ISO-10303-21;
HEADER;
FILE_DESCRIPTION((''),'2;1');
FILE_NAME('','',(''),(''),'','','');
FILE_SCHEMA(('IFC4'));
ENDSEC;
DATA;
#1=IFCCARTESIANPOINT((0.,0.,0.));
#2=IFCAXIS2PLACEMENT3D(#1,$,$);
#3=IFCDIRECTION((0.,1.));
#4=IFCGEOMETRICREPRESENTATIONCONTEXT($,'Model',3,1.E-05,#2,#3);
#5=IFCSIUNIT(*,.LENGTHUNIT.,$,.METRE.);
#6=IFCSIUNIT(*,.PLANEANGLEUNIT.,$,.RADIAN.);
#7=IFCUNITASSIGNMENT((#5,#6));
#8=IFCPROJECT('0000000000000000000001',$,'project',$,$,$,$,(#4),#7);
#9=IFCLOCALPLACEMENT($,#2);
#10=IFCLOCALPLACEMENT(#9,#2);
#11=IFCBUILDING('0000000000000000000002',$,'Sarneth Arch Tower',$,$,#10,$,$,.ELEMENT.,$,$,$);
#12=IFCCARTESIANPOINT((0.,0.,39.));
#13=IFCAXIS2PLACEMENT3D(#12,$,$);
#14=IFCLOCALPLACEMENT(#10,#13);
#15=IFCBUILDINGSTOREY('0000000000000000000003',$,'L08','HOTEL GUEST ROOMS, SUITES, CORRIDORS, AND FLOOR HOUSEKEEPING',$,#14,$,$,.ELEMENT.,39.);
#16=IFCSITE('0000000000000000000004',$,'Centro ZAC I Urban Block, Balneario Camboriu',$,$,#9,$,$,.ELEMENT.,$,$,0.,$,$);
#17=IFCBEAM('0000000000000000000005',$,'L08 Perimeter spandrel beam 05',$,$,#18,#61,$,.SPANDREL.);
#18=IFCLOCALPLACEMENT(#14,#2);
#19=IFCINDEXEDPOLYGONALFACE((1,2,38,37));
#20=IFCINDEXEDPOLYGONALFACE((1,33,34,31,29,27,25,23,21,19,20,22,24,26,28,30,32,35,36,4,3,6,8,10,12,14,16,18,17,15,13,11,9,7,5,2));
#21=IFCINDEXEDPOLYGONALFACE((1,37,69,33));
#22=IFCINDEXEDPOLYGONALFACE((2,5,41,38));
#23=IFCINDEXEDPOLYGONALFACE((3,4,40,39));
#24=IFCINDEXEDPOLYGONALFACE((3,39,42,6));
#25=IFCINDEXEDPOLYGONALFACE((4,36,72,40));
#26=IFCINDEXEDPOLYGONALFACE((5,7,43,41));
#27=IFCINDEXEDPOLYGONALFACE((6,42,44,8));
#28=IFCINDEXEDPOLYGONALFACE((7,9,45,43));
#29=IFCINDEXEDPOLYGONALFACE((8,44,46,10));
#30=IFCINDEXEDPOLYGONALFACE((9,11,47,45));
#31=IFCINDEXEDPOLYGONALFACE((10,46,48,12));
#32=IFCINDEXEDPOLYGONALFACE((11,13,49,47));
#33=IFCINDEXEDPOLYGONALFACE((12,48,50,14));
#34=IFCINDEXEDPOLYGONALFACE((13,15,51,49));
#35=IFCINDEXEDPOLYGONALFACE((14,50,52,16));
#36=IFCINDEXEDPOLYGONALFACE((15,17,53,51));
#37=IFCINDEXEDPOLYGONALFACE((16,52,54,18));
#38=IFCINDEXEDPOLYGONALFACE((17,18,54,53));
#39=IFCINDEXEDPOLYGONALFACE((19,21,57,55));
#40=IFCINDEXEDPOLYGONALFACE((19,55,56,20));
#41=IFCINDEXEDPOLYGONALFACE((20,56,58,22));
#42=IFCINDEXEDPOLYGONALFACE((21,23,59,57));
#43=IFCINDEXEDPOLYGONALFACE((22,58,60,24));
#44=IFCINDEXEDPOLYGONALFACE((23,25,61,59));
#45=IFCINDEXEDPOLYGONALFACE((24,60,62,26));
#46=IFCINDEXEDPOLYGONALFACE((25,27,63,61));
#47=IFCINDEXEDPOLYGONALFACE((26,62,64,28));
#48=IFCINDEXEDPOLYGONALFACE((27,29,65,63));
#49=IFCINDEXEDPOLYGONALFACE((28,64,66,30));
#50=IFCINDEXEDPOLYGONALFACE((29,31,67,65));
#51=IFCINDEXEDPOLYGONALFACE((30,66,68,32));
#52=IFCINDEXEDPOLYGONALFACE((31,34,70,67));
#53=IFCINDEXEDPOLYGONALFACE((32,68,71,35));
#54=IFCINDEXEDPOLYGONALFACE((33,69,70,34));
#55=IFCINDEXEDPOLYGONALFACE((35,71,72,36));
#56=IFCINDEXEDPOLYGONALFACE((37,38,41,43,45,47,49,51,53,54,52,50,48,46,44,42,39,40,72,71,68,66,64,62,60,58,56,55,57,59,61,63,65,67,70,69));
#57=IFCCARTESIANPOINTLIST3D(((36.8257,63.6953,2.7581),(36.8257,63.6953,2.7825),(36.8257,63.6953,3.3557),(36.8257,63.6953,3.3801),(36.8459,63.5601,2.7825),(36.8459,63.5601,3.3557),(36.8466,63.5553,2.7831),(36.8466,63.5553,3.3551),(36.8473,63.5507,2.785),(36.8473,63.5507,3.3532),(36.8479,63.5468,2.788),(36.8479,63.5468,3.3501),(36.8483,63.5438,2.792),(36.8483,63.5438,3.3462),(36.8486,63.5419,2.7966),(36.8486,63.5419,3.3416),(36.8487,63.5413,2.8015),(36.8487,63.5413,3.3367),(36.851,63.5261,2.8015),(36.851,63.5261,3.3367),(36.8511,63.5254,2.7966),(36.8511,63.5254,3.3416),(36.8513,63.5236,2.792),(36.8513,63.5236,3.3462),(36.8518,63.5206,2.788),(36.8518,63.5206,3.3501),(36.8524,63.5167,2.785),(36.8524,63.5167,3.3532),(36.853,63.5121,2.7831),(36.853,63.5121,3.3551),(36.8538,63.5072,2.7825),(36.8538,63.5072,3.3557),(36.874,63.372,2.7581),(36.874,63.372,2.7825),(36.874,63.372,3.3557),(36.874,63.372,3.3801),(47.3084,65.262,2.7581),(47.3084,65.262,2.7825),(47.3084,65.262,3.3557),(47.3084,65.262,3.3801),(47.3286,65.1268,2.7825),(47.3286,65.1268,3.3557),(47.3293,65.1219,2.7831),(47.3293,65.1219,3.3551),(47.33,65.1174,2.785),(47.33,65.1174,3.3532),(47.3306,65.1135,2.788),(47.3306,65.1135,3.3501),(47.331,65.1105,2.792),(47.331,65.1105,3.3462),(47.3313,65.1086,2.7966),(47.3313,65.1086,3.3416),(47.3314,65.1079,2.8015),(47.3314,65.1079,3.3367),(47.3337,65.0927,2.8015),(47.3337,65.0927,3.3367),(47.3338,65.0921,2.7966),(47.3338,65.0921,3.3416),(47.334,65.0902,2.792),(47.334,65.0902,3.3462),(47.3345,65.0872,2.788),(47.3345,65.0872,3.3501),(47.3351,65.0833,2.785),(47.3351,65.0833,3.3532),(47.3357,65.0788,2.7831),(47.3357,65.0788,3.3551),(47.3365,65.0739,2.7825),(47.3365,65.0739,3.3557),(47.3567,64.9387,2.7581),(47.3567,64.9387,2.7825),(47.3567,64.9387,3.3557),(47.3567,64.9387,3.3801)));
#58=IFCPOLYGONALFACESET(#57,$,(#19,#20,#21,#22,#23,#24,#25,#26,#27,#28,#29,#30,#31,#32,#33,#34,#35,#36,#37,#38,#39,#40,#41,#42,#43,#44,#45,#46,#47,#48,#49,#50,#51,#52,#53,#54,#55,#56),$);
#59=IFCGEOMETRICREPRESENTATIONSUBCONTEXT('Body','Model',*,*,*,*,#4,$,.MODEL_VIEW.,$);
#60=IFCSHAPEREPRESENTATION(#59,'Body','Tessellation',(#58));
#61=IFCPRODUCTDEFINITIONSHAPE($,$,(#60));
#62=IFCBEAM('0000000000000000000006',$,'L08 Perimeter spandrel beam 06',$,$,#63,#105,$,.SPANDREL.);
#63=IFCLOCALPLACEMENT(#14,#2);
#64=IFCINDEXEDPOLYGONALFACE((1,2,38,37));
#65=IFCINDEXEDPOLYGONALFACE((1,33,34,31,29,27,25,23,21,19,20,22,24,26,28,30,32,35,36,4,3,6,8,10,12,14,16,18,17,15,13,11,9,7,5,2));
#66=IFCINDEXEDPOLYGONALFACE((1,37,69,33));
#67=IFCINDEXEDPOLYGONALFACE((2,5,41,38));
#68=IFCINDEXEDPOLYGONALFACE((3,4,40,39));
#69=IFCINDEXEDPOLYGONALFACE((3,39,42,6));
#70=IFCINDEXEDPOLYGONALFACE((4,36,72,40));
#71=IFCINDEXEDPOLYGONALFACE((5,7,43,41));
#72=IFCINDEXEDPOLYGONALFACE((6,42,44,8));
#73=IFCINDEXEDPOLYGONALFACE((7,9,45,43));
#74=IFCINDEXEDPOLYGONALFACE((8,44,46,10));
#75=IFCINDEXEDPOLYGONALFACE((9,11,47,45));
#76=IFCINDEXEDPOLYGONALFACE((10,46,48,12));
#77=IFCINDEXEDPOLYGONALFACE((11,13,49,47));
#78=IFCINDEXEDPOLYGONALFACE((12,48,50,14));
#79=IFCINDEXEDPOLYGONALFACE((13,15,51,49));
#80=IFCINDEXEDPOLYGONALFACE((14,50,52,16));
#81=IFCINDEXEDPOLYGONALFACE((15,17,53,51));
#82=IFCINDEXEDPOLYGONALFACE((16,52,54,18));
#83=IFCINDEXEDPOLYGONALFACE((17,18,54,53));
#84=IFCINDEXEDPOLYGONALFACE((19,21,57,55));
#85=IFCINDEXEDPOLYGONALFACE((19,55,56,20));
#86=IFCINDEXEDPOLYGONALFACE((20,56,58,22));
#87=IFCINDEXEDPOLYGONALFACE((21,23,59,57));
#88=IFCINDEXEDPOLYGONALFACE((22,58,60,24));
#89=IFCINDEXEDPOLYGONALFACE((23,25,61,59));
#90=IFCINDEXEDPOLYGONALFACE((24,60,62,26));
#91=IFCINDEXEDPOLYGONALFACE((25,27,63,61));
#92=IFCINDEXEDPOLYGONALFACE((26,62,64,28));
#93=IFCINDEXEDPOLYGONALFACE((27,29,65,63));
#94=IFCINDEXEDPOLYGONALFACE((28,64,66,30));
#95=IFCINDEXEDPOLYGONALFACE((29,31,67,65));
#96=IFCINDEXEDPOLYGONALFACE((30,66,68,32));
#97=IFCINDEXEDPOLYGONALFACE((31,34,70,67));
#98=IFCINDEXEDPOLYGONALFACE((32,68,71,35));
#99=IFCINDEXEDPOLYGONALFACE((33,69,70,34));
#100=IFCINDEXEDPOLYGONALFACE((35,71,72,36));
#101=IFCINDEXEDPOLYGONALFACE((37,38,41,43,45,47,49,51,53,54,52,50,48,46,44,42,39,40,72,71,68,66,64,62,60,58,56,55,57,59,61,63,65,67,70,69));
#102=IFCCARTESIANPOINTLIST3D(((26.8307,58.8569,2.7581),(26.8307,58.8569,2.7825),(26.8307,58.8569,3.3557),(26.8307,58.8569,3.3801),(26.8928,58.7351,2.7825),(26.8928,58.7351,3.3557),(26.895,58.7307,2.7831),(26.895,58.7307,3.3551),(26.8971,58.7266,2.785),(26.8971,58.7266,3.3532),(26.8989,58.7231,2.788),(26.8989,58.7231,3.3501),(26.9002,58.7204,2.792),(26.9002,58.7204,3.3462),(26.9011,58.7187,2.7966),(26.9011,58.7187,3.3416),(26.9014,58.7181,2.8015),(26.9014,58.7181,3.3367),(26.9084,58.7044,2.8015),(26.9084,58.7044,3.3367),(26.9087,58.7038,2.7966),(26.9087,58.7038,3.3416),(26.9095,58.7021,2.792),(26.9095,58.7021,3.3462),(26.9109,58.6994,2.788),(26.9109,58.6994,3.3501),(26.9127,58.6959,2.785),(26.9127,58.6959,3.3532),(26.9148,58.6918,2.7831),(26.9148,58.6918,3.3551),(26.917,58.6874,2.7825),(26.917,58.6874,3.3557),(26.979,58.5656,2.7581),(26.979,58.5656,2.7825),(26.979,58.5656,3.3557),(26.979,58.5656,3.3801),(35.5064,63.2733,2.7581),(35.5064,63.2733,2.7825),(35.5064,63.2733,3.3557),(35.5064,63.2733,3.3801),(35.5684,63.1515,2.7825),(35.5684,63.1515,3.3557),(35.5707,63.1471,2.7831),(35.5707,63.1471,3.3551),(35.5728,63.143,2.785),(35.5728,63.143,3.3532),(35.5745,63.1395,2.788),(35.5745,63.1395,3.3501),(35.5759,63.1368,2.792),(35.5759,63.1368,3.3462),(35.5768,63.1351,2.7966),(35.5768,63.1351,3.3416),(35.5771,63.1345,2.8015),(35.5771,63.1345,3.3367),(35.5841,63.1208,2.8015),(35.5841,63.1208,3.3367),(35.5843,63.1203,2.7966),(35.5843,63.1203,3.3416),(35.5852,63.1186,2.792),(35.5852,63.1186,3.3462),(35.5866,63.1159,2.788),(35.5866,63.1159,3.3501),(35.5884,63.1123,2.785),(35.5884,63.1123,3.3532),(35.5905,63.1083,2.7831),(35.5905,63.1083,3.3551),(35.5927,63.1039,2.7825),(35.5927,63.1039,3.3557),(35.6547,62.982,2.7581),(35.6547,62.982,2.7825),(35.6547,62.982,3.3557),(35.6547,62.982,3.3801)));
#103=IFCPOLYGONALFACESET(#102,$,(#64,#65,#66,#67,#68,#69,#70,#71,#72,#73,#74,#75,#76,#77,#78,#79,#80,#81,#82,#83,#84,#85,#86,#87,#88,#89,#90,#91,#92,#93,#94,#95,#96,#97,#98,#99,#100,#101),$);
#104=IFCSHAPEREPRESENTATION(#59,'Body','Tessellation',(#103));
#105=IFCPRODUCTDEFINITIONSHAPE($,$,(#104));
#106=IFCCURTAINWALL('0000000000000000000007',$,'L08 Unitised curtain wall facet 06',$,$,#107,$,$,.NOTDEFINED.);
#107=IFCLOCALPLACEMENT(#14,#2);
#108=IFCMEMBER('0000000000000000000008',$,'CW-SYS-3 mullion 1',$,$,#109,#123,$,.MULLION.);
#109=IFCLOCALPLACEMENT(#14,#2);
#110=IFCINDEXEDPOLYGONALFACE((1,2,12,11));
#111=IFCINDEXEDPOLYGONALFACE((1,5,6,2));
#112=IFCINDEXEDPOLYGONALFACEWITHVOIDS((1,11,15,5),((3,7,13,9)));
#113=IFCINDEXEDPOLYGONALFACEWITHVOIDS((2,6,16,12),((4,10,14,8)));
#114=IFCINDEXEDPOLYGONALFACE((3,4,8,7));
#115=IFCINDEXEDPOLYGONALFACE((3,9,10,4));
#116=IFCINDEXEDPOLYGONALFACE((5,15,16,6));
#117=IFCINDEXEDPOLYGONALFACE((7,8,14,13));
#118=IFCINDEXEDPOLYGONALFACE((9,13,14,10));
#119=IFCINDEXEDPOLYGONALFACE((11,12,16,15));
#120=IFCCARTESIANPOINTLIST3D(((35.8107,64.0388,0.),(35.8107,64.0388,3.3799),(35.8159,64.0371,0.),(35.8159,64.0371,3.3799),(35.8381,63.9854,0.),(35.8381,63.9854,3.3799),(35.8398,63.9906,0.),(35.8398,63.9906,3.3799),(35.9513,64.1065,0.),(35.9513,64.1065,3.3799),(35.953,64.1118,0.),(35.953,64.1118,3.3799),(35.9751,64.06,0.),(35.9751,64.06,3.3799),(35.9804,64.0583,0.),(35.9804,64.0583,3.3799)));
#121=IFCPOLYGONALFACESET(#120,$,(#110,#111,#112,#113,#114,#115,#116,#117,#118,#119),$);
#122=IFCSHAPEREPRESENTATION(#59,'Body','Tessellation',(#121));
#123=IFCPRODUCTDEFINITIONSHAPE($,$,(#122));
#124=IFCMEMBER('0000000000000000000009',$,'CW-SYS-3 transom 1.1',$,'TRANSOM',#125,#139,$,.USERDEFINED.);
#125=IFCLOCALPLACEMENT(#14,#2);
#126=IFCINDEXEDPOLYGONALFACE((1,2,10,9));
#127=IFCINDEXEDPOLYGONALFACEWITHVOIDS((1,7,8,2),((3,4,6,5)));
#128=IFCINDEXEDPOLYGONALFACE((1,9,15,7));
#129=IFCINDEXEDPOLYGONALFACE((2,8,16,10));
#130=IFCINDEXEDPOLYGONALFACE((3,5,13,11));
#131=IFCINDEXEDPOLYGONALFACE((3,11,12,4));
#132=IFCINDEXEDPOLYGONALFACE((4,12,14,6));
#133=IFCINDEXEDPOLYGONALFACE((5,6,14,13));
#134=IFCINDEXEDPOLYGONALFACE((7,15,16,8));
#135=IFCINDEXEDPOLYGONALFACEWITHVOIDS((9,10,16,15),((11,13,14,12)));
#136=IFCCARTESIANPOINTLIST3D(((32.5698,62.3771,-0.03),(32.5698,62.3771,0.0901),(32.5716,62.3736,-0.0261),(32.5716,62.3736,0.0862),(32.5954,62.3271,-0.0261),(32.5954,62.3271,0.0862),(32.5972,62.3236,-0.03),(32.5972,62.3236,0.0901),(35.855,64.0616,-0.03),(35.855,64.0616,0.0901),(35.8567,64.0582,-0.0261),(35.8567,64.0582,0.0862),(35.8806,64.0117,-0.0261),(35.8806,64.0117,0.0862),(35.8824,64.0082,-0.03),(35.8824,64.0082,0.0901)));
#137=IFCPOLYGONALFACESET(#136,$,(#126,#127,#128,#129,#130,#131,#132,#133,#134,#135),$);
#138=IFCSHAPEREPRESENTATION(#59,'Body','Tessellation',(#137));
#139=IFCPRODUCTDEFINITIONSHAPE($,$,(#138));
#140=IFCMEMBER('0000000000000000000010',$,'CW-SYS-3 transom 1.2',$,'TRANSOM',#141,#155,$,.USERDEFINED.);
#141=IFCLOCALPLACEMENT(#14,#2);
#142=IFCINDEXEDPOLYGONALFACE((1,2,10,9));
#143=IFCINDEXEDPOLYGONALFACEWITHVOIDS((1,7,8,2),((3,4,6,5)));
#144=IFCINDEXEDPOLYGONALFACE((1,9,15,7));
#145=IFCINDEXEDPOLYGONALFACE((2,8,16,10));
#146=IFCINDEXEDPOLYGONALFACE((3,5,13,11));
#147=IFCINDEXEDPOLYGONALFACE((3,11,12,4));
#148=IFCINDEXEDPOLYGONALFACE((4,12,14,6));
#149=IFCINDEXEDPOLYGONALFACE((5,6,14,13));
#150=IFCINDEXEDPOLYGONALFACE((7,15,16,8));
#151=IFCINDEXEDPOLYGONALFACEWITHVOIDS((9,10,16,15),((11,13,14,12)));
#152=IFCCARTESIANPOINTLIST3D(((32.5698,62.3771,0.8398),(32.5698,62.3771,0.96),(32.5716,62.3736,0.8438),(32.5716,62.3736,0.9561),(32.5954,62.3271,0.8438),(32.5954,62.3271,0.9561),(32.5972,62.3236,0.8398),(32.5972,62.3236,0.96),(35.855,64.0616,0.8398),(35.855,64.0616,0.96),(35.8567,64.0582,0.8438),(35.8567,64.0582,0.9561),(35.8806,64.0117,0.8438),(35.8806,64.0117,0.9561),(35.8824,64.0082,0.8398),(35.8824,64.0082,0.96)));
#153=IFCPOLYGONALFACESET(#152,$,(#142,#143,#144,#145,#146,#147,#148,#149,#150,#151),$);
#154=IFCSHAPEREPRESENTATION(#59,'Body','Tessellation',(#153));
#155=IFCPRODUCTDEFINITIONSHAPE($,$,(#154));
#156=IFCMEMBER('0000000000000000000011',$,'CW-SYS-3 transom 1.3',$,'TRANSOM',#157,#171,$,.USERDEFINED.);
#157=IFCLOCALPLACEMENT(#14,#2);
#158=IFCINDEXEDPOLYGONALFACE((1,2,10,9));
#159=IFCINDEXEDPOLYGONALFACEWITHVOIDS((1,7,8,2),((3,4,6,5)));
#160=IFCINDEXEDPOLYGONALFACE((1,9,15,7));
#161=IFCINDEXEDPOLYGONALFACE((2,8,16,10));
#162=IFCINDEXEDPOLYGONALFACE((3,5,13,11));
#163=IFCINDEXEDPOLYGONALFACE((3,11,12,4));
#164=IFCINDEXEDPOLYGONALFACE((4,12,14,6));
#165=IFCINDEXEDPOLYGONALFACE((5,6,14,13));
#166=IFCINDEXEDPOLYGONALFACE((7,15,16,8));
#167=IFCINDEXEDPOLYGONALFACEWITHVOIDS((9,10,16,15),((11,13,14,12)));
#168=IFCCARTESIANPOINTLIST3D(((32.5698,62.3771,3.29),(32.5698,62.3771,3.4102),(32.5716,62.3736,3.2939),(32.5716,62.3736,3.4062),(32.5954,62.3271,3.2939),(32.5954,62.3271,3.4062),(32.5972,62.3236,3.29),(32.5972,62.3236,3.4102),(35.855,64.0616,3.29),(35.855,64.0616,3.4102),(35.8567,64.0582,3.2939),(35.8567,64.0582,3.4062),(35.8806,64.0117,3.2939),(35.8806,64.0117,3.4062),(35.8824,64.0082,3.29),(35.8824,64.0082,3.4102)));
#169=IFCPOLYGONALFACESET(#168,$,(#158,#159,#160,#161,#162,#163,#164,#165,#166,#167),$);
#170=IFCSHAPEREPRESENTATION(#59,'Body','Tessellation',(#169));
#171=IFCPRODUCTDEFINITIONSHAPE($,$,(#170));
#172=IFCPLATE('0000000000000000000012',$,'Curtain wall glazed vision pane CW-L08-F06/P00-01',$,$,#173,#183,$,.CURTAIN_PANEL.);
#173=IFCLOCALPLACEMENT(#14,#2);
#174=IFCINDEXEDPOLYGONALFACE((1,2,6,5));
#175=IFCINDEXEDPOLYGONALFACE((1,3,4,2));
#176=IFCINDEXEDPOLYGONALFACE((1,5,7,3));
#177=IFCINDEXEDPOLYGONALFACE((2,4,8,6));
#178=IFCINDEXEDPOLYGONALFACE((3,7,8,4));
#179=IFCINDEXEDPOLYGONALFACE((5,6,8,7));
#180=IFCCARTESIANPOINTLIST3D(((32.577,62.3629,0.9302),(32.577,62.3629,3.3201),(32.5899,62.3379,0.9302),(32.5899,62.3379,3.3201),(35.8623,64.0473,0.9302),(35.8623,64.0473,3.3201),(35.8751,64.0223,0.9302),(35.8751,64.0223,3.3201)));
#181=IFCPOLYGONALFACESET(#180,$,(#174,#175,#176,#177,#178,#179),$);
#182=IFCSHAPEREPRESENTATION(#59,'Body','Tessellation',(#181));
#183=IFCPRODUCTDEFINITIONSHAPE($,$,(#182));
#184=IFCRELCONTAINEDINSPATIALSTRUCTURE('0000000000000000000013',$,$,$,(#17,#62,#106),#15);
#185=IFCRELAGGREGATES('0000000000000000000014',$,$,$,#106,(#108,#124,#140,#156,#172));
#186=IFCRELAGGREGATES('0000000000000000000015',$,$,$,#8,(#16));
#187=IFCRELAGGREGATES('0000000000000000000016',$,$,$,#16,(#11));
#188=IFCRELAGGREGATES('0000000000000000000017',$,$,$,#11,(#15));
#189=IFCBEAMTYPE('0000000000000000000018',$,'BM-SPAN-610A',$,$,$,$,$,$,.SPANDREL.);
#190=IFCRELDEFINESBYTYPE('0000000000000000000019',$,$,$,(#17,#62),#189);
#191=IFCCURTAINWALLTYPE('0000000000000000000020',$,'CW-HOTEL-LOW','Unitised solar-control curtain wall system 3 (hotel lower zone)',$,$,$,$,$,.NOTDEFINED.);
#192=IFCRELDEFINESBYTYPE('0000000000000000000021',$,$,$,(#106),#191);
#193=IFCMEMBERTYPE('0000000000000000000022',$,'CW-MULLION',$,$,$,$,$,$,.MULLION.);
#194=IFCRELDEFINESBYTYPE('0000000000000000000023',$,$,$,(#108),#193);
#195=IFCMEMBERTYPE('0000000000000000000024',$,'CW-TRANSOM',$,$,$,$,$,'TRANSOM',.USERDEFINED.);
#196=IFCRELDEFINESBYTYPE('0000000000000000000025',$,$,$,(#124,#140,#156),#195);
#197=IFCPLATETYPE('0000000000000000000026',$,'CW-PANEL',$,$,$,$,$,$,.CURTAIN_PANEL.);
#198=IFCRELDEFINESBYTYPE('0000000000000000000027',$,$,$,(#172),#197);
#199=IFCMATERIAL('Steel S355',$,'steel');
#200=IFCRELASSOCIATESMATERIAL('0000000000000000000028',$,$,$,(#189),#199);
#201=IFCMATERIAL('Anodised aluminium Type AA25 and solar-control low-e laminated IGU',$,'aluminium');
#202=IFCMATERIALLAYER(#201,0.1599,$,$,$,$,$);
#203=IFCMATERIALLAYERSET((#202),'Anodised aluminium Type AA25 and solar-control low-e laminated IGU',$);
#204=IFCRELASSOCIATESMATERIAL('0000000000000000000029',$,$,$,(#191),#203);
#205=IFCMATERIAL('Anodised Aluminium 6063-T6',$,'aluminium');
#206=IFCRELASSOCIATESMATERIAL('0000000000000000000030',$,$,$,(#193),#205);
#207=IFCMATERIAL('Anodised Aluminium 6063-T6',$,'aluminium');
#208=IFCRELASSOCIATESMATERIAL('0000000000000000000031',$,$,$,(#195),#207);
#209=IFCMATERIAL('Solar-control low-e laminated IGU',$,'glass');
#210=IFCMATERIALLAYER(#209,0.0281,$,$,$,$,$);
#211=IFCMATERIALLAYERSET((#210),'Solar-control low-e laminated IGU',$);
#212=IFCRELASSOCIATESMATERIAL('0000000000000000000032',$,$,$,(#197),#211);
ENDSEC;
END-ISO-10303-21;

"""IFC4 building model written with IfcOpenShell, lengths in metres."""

from ifc_helpers import new_model, si_unit, direction, frame, origin, origin_2d, place, context, subcontext, project, spatial, rectangle, hollow_rectangle, i_section, extrude, material, layer, layer_set, material_profile, profile_set, type_object, element, aggregate, save


model = new_model("IFC4")

# Units and contexts
model_context = context("Model", 3, precision=1e-05, world=origin(), true_north=direction((0.0, 1.0)))
body_context = subcontext(model_context, "Body", "Model", "MODEL_VIEW")
ifc_project = project(units=[si_unit("LENGTHUNIT", "METRE"), si_unit("PLANEANGLEUNIT", "RADIAN")], contexts=[model_context])

# Site, building, storey
site_placement = place(None, origin())
site = spatial("IfcSite", under=ifc_project, at=site_placement, Name="Centro ZAC I Urban Block, Balneario Camboriu", CompositionType="ELEMENT", RefElevation=0.0)
building_placement = place(site_placement, origin())
building = spatial("IfcBuilding", under=site, at=building_placement, Name="Sarneth Arch Tower", CompositionType="ELEMENT")
storey_placement = place(building_placement, frame((0.0, 0.0, 39.0)))
storey = spatial("IfcBuildingStorey", under=building, at=storey_placement, Name="L08", Description="HOTEL GUEST ROOMS, SUITES, CORRIDORS, AND FLOOR HOUSEKEEPING", CompositionType="ELEMENT", Elevation=39.0)

# Beams
ifc_material_1 = material(Name="Steel S355", Category="steel")
ifc_material_profile_1 = material_profile(ifc_material_1, i_section(OverallWidth=0.3269, OverallDepth=0.6221, WebThickness=0.0154, FlangeThickness=0.0244, FilletRadius=0.019, at=origin_2d()), Name="W610x195")
ifc_profile_set_1 = profile_set([ifc_material_profile_1], Name="Steel S355")
beam_type_1 = type_object("IfcBeamType", Name="BM-SPAN-610A", PredefinedType="SPANDREL", material=ifc_profile_set_1)
beam_1_placement = place(storey_placement, frame((47.3325, 65.1003, 3.0691), z_axis=(-0.989016, -0.14781, 0.0), x_axis=(0.14781, -0.989016, 0.0)))
element("IfcBeam", 1, at=beam_1_placement, inside=storey, type_object=beam_type_1, Name="L08 Perimeter spandrel beam 05", PredefinedType="SPANDREL", context=body_context, shape_type="SweptSolid", body=[
    extrude(i_section(OverallWidth=0.3269, OverallDepth=0.6221, WebThickness=0.0154, FlangeThickness=0.0244, FilletRadius=0.019, at=origin_2d()), origin(), (0.0, 0.0, 1.0), 10.5991),
])
beam_2_placement = place(storey_placement, frame((35.5806, 63.1277, 3.0691), z_axis=(-0.891174, -0.453662, 0.0), x_axis=(0.453662, -0.891174, 0.0)))
element("IfcBeam", 2, at=beam_2_placement, inside=storey, type_object=beam_type_1, Name="L08 Perimeter spandrel beam 06", PredefinedType="SPANDREL", context=body_context, shape_type="SweptSolid", body=[
    extrude(i_section(OverallWidth=0.3269, OverallDepth=0.6221, WebThickness=0.0154, FlangeThickness=0.0244, FilletRadius=0.019, at=origin_2d()), origin(), (0.0, 0.0, 1.0), 9.7351),
])

# Curtain wall, members, plate
ifc_material_2 = material(Name="Anodised aluminium Type AA25 and solar-control low-e laminated IGU", Category="aluminium")
ifc_layer_1 = layer(ifc_material_2, 0.1599)
ifc_layer_set_1 = layer_set([ifc_layer_1], Name="Anodised aluminium Type AA25 and solar-control low-e laminated IGU")
curtain_wall_type = type_object("IfcCurtainWallType", Name="CW-HOTEL-LOW", Description="Unitised solar-control curtain wall system 3 (hotel lower zone)", PredefinedType="NOTDEFINED", material=ifc_layer_set_1)
curtain_wall_placement = place(storey_placement, origin())
curtain_wall = element("IfcCurtainWall", 3, at=curtain_wall_placement, inside=storey, type_object=curtain_wall_type, Name="L08 Unitised curtain wall facet 06", PredefinedType="NOTDEFINED")
ifc_material_3 = material(Name="Anodised Aluminium 6063-T6", Category="aluminium")
ifc_material_profile_2 = material_profile(ifc_material_3, hollow_rectangle(XDim=0.0601, YDim=0.1599, WallThickness=0.0039, at=origin_2d()), Name="AL-MULL-160x60x4")
ifc_profile_set_2 = profile_set([ifc_material_profile_2], Name="Anodised Aluminium 6063-T6")
member_type_1 = type_object("IfcMemberType", Name="CW-MULLION", PredefinedType="MULLION", material=ifc_profile_set_2)
member_1_placement = place(storey_placement, frame((35.8955, 64.0486, 0.0), z_axis=(0.0, 0.0, 1.0), x_axis=(0.456245, -0.889854, 0.0)))
member_1 = element("IfcMember", 4, at=member_1_placement, type_object=member_type_1, Name="CW-SYS-3 mullion 1", PredefinedType="MULLION", context=body_context, shape_type="SweptSolid", body=[
    extrude(hollow_rectangle(XDim=0.0601, YDim=0.1599, WallThickness=0.0039, at=origin_2d()), origin(), (0.0, 0.0, 1.0), 3.3799),
])
ifc_material_4 = material(Name="Anodised Aluminium 6063-T6", Category="aluminium")
ifc_material_profile_3 = material_profile(ifc_material_4, hollow_rectangle(XDim=0.0601, YDim=0.1201, WallThickness=0.0039, at=origin_2d()), Name="AL-TRAN-120x60x4")
ifc_profile_set_3 = profile_set([ifc_material_profile_3], Name="Anodised Aluminium 6063-T6")
member_type_2 = type_object("IfcMemberType", Name="CW-TRANSOM", ElementType="TRANSOM", PredefinedType="USERDEFINED", material=ifc_profile_set_3)
member_2_placement = place(storey_placement, frame((35.8687, 64.0349, 0.03), z_axis=(-0.889831, -0.45629, 0.0), x_axis=(0.45629, -0.889831, 0.0)))
member_2 = element("IfcMember", 5, at=member_2_placement, type_object=member_type_2, Name="CW-SYS-3 transom 1.1", ObjectType="TRANSOM", PredefinedType="USERDEFINED", context=body_context, shape_type="SweptSolid", body=[
    extrude(hollow_rectangle(XDim=0.0601, YDim=0.1201, WallThickness=0.0039, at=origin_2d()), origin(), (0.0, 0.0, 1.0), 3.6919),
])
member_3_placement = place(storey_placement, frame((35.8687, 64.0349, 0.8999), z_axis=(-0.889831, -0.45629, 0.0), x_axis=(0.45629, -0.889831, 0.0)))
member_3 = element("IfcMember", 6, at=member_3_placement, type_object=member_type_2, Name="CW-SYS-3 transom 1.2", ObjectType="TRANSOM", PredefinedType="USERDEFINED", context=body_context, shape_type="SweptSolid", body=[
    extrude(hollow_rectangle(XDim=0.0601, YDim=0.1201, WallThickness=0.0039, at=origin_2d()), origin(), (0.0, 0.0, 1.0), 3.6919),
])
member_4_placement = place(storey_placement, frame((35.8687, 64.0349, 3.3501), z_axis=(-0.889831, -0.45629, 0.0), x_axis=(0.45629, -0.889831, 0.0)))
member_4 = element("IfcMember", 7, at=member_4_placement, type_object=member_type_2, Name="CW-SYS-3 transom 1.3", ObjectType="TRANSOM", PredefinedType="USERDEFINED", context=body_context, shape_type="SweptSolid", body=[
    extrude(hollow_rectangle(XDim=0.0601, YDim=0.1201, WallThickness=0.0039, at=origin_2d()), origin(), (0.0, 0.0, 1.0), 3.6919),
])
ifc_material_5 = material(Name="Solar-control low-e laminated IGU", Category="glass")
ifc_layer_2 = layer(ifc_material_5, 0.0281)
ifc_layer_set_2 = layer_set([ifc_layer_2], Name="Solar-control low-e laminated IGU")
plate_type = type_object("IfcPlateType", Name="CW-PANEL", PredefinedType="CURTAIN_PANEL", material=ifc_layer_set_2)
plate_placement = place(storey_placement, frame((34.2261, 63.1926, 0.9302), z_axis=(0.0, 0.0, 1.0), x_axis=(-0.889854, -0.456245, 0.0)))
plate = element("IfcPlate", 8, at=plate_placement, type_object=plate_type, Name="Curtain wall glazed vision pane CW-L08-F06/P00-01", PredefinedType="CURTAIN_PANEL", context=body_context, shape_type="SweptSolid", body=[
    extrude(rectangle(XDim=3.6919, YDim=0.0281, at=origin_2d()), origin(), (0.0, 0.0, 1.0), 2.3899),
])
aggregate(curtain_wall, [member_1, member_2, member_3, member_4, plate])

save(model, "model.ifc")
